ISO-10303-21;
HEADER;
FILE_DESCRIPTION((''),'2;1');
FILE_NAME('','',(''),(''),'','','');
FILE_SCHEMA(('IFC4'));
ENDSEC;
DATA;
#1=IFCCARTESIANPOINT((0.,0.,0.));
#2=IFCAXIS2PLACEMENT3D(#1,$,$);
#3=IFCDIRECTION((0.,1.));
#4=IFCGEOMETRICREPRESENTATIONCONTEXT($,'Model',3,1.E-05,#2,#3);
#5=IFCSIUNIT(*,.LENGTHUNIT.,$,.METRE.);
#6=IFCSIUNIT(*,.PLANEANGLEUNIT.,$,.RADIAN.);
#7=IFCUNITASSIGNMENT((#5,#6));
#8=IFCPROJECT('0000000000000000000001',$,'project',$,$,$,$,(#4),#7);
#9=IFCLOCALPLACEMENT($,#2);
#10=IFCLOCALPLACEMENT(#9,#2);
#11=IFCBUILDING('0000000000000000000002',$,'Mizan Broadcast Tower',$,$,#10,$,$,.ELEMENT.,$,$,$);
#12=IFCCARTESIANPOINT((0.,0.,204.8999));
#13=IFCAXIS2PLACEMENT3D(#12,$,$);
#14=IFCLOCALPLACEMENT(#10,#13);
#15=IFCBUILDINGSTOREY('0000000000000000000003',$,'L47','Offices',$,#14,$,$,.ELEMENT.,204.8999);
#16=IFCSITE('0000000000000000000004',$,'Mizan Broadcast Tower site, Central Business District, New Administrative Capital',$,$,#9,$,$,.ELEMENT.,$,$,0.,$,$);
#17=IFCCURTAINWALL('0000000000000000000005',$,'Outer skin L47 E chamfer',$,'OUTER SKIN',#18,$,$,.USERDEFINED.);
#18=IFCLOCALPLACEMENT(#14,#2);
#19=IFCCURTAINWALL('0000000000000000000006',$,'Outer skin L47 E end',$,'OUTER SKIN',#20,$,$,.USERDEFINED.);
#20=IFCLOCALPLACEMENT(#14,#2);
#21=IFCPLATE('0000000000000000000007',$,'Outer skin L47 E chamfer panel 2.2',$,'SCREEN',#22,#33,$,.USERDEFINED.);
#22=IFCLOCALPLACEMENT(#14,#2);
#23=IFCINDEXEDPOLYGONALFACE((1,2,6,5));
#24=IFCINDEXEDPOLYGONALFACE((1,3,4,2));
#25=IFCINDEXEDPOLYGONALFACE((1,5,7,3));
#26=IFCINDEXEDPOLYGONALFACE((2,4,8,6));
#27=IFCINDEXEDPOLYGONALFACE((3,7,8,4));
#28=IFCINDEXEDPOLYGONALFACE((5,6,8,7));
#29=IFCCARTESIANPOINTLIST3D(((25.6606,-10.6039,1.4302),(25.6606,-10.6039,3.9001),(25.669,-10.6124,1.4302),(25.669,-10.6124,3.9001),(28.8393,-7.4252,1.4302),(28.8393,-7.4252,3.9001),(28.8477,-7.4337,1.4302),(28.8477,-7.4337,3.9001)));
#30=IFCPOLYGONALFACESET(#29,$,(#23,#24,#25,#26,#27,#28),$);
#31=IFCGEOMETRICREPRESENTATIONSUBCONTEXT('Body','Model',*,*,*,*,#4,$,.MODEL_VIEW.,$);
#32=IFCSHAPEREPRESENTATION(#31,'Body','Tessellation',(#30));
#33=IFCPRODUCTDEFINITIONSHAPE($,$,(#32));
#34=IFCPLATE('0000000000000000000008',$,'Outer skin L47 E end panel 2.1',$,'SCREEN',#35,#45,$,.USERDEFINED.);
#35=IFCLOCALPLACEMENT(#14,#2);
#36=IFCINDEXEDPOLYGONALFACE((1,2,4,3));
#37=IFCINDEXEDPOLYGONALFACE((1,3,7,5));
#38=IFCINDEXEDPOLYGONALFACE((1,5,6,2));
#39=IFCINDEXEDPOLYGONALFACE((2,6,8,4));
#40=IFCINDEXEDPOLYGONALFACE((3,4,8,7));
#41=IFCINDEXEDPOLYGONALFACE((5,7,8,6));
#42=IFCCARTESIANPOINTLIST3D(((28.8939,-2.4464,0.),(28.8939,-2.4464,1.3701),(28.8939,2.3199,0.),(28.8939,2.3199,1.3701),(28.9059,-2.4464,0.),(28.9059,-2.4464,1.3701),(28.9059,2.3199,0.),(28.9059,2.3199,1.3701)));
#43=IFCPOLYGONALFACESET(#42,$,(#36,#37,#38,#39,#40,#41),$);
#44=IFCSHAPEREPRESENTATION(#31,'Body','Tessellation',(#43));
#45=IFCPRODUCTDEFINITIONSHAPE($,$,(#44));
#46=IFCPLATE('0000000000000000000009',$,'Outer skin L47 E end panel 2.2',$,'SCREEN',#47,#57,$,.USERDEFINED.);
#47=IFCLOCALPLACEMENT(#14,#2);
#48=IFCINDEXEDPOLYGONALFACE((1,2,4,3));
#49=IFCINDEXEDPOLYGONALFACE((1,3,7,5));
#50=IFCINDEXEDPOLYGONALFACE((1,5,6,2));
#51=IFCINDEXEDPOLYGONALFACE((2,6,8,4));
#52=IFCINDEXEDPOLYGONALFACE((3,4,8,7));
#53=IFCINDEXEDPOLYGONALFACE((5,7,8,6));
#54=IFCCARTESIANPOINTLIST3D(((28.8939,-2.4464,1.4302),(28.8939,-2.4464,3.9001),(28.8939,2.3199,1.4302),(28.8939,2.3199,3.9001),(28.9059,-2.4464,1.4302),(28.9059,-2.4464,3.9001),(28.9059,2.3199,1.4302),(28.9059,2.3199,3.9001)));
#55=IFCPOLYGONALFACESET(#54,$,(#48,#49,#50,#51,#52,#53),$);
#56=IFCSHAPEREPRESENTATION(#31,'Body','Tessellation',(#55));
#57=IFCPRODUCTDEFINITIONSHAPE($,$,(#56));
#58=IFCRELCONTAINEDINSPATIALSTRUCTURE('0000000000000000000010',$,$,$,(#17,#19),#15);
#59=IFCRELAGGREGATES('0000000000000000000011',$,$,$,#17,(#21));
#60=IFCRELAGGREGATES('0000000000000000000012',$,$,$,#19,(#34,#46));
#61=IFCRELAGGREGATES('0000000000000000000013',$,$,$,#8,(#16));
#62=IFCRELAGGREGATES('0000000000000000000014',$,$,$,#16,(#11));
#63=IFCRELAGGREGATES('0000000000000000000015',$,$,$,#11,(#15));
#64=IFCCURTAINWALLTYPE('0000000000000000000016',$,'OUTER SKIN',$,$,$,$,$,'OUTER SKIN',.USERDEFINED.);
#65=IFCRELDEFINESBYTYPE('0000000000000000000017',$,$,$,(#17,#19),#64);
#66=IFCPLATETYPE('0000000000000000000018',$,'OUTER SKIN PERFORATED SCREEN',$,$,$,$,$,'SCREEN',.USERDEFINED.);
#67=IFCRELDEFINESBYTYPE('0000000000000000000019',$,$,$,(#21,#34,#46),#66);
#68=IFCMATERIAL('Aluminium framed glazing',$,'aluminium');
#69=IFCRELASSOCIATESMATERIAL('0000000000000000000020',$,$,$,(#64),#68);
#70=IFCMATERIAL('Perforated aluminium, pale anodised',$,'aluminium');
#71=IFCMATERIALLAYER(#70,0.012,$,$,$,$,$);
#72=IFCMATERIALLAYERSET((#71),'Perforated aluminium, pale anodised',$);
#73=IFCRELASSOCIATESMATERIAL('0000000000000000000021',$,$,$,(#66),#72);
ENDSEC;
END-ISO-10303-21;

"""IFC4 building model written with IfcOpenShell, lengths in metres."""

from ifc_helpers import new_model, si_unit, direction, frame, origin, origin_2d, place, context, subcontext, project, spatial, rectangle, extrude, material, layer, layer_set, type_object, element, aggregate, save


model = new_model("IFC4")

# Units and contexts
model_context = context("Model", 3, precision=1e-05, world=origin(), true_north=direction((0.0, 1.0)))
body_context = subcontext(model_context, "Body", "Model", "MODEL_VIEW")
ifc_project = project(units=[si_unit("LENGTHUNIT", "METRE"), si_unit("PLANEANGLEUNIT", "RADIAN")], contexts=[model_context])

# Site, building, storey
site_placement = place(None, origin())
site = spatial("IfcSite", under=ifc_project, at=site_placement, Name="Mizan Broadcast Tower site, Central Business District, New Administrative Capital", CompositionType="ELEMENT", RefElevation=0.0)
building_placement = place(site_placement, origin())
building = spatial("IfcBuilding", under=site, at=building_placement, Name="Mizan Broadcast Tower", CompositionType="ELEMENT")
storey_placement = place(building_placement, frame((0.0, 0.0, 204.8999)))
storey = spatial("IfcBuildingStorey", under=building, at=storey_placement, Name="L47", Description="Offices", CompositionType="ELEMENT", Elevation=204.8999)

# Curtain wall
ifc_material_1 = material(Name="Aluminium framed glazing", Category="aluminium")
curtain_wall_type_1 = type_object("IfcCurtainWallType", Name="OUTER SKIN", ElementType="OUTER SKIN", PredefinedType="USERDEFINED", material=ifc_material_1)
curtain_wall_1_placement = place(storey_placement, origin())
curtain_wall_1 = element("IfcCurtainWall", 1, at=curtain_wall_1_placement, inside=storey, type_object=curtain_wall_type_1, Name="Outer skin L47 E chamfer", ObjectType="OUTER SKIN", PredefinedType="USERDEFINED")

# Curtain wall
curtain_wall_2_placement = place(storey_placement, origin())
curtain_wall_2 = element("IfcCurtainWall", 2, at=curtain_wall_2_placement, inside=storey, type_object=curtain_wall_type_1, Name="Outer skin L47 E end", ObjectType="OUTER SKIN", PredefinedType="USERDEFINED")

# Plates
ifc_material_2 = material(Name="Perforated aluminium, pale anodised", Category="aluminium")
ifc_layer_1 = layer(ifc_material_2, 0.012)
ifc_layer_set_1 = layer_set([ifc_layer_1], Name="Perforated aluminium, pale anodised")
plate_type_1 = type_object("IfcPlateType", Name="OUTER SKIN PERFORATED SCREEN", ElementType="SCREEN", PredefinedType="USERDEFINED", material=ifc_layer_set_1)
plate_1_placement = place(storey_placement, frame((27.2542, -9.0188, 1.4302), z_axis=(0.0, 0.0, 1.0), x_axis=(0.707107, 0.707107, 0.0)))
plate_1 = element("IfcPlate", 3, at=plate_1_placement, type_object=plate_type_1, Name="Outer skin L47 E chamfer panel 2.2", ObjectType="SCREEN", PredefinedType="USERDEFINED", context=body_context, shape_type="SweptSolid", body=[
    extrude(rectangle(XDim=4.4954, YDim=0.012, at=origin_2d()), origin(), (0.0, 0.0, 1.0), 2.47),
])
aggregate(curtain_wall_1, [plate_1])
plate_2_placement = place(storey_placement, frame((28.8999, -0.0632, 0.0), z_axis=(0.0, 0.0, 1.0), x_axis=(0.0, 1.0, 0.0)))
plate_2 = element("IfcPlate", 4, at=plate_2_placement, type_object=plate_type_1, Name="Outer skin L47 E end panel 2.1", ObjectType="SCREEN", PredefinedType="USERDEFINED", context=body_context, shape_type="SweptSolid", body=[
    extrude(rectangle(XDim=4.7664, YDim=0.012, at=origin_2d()), origin(), (0.0, 0.0, 1.0), 1.3701),
])
plate_3_placement = place(storey_placement, frame((28.8999, -0.0632, 1.4302), z_axis=(0.0, 0.0, 1.0), x_axis=(0.0, 1.0, 0.0)))
plate_3 = element("IfcPlate", 5, at=plate_3_placement, type_object=plate_type_1, Name="Outer skin L47 E end panel 2.2", ObjectType="SCREEN", PredefinedType="USERDEFINED", context=body_context, shape_type="SweptSolid", body=[
    extrude(rectangle(XDim=4.7664, YDim=0.012, at=origin_2d()), origin(), (0.0, 0.0, 1.0), 2.47),
])
aggregate(curtain_wall_2, [plate_2, plate_3])

save(model, "model.ifc")
